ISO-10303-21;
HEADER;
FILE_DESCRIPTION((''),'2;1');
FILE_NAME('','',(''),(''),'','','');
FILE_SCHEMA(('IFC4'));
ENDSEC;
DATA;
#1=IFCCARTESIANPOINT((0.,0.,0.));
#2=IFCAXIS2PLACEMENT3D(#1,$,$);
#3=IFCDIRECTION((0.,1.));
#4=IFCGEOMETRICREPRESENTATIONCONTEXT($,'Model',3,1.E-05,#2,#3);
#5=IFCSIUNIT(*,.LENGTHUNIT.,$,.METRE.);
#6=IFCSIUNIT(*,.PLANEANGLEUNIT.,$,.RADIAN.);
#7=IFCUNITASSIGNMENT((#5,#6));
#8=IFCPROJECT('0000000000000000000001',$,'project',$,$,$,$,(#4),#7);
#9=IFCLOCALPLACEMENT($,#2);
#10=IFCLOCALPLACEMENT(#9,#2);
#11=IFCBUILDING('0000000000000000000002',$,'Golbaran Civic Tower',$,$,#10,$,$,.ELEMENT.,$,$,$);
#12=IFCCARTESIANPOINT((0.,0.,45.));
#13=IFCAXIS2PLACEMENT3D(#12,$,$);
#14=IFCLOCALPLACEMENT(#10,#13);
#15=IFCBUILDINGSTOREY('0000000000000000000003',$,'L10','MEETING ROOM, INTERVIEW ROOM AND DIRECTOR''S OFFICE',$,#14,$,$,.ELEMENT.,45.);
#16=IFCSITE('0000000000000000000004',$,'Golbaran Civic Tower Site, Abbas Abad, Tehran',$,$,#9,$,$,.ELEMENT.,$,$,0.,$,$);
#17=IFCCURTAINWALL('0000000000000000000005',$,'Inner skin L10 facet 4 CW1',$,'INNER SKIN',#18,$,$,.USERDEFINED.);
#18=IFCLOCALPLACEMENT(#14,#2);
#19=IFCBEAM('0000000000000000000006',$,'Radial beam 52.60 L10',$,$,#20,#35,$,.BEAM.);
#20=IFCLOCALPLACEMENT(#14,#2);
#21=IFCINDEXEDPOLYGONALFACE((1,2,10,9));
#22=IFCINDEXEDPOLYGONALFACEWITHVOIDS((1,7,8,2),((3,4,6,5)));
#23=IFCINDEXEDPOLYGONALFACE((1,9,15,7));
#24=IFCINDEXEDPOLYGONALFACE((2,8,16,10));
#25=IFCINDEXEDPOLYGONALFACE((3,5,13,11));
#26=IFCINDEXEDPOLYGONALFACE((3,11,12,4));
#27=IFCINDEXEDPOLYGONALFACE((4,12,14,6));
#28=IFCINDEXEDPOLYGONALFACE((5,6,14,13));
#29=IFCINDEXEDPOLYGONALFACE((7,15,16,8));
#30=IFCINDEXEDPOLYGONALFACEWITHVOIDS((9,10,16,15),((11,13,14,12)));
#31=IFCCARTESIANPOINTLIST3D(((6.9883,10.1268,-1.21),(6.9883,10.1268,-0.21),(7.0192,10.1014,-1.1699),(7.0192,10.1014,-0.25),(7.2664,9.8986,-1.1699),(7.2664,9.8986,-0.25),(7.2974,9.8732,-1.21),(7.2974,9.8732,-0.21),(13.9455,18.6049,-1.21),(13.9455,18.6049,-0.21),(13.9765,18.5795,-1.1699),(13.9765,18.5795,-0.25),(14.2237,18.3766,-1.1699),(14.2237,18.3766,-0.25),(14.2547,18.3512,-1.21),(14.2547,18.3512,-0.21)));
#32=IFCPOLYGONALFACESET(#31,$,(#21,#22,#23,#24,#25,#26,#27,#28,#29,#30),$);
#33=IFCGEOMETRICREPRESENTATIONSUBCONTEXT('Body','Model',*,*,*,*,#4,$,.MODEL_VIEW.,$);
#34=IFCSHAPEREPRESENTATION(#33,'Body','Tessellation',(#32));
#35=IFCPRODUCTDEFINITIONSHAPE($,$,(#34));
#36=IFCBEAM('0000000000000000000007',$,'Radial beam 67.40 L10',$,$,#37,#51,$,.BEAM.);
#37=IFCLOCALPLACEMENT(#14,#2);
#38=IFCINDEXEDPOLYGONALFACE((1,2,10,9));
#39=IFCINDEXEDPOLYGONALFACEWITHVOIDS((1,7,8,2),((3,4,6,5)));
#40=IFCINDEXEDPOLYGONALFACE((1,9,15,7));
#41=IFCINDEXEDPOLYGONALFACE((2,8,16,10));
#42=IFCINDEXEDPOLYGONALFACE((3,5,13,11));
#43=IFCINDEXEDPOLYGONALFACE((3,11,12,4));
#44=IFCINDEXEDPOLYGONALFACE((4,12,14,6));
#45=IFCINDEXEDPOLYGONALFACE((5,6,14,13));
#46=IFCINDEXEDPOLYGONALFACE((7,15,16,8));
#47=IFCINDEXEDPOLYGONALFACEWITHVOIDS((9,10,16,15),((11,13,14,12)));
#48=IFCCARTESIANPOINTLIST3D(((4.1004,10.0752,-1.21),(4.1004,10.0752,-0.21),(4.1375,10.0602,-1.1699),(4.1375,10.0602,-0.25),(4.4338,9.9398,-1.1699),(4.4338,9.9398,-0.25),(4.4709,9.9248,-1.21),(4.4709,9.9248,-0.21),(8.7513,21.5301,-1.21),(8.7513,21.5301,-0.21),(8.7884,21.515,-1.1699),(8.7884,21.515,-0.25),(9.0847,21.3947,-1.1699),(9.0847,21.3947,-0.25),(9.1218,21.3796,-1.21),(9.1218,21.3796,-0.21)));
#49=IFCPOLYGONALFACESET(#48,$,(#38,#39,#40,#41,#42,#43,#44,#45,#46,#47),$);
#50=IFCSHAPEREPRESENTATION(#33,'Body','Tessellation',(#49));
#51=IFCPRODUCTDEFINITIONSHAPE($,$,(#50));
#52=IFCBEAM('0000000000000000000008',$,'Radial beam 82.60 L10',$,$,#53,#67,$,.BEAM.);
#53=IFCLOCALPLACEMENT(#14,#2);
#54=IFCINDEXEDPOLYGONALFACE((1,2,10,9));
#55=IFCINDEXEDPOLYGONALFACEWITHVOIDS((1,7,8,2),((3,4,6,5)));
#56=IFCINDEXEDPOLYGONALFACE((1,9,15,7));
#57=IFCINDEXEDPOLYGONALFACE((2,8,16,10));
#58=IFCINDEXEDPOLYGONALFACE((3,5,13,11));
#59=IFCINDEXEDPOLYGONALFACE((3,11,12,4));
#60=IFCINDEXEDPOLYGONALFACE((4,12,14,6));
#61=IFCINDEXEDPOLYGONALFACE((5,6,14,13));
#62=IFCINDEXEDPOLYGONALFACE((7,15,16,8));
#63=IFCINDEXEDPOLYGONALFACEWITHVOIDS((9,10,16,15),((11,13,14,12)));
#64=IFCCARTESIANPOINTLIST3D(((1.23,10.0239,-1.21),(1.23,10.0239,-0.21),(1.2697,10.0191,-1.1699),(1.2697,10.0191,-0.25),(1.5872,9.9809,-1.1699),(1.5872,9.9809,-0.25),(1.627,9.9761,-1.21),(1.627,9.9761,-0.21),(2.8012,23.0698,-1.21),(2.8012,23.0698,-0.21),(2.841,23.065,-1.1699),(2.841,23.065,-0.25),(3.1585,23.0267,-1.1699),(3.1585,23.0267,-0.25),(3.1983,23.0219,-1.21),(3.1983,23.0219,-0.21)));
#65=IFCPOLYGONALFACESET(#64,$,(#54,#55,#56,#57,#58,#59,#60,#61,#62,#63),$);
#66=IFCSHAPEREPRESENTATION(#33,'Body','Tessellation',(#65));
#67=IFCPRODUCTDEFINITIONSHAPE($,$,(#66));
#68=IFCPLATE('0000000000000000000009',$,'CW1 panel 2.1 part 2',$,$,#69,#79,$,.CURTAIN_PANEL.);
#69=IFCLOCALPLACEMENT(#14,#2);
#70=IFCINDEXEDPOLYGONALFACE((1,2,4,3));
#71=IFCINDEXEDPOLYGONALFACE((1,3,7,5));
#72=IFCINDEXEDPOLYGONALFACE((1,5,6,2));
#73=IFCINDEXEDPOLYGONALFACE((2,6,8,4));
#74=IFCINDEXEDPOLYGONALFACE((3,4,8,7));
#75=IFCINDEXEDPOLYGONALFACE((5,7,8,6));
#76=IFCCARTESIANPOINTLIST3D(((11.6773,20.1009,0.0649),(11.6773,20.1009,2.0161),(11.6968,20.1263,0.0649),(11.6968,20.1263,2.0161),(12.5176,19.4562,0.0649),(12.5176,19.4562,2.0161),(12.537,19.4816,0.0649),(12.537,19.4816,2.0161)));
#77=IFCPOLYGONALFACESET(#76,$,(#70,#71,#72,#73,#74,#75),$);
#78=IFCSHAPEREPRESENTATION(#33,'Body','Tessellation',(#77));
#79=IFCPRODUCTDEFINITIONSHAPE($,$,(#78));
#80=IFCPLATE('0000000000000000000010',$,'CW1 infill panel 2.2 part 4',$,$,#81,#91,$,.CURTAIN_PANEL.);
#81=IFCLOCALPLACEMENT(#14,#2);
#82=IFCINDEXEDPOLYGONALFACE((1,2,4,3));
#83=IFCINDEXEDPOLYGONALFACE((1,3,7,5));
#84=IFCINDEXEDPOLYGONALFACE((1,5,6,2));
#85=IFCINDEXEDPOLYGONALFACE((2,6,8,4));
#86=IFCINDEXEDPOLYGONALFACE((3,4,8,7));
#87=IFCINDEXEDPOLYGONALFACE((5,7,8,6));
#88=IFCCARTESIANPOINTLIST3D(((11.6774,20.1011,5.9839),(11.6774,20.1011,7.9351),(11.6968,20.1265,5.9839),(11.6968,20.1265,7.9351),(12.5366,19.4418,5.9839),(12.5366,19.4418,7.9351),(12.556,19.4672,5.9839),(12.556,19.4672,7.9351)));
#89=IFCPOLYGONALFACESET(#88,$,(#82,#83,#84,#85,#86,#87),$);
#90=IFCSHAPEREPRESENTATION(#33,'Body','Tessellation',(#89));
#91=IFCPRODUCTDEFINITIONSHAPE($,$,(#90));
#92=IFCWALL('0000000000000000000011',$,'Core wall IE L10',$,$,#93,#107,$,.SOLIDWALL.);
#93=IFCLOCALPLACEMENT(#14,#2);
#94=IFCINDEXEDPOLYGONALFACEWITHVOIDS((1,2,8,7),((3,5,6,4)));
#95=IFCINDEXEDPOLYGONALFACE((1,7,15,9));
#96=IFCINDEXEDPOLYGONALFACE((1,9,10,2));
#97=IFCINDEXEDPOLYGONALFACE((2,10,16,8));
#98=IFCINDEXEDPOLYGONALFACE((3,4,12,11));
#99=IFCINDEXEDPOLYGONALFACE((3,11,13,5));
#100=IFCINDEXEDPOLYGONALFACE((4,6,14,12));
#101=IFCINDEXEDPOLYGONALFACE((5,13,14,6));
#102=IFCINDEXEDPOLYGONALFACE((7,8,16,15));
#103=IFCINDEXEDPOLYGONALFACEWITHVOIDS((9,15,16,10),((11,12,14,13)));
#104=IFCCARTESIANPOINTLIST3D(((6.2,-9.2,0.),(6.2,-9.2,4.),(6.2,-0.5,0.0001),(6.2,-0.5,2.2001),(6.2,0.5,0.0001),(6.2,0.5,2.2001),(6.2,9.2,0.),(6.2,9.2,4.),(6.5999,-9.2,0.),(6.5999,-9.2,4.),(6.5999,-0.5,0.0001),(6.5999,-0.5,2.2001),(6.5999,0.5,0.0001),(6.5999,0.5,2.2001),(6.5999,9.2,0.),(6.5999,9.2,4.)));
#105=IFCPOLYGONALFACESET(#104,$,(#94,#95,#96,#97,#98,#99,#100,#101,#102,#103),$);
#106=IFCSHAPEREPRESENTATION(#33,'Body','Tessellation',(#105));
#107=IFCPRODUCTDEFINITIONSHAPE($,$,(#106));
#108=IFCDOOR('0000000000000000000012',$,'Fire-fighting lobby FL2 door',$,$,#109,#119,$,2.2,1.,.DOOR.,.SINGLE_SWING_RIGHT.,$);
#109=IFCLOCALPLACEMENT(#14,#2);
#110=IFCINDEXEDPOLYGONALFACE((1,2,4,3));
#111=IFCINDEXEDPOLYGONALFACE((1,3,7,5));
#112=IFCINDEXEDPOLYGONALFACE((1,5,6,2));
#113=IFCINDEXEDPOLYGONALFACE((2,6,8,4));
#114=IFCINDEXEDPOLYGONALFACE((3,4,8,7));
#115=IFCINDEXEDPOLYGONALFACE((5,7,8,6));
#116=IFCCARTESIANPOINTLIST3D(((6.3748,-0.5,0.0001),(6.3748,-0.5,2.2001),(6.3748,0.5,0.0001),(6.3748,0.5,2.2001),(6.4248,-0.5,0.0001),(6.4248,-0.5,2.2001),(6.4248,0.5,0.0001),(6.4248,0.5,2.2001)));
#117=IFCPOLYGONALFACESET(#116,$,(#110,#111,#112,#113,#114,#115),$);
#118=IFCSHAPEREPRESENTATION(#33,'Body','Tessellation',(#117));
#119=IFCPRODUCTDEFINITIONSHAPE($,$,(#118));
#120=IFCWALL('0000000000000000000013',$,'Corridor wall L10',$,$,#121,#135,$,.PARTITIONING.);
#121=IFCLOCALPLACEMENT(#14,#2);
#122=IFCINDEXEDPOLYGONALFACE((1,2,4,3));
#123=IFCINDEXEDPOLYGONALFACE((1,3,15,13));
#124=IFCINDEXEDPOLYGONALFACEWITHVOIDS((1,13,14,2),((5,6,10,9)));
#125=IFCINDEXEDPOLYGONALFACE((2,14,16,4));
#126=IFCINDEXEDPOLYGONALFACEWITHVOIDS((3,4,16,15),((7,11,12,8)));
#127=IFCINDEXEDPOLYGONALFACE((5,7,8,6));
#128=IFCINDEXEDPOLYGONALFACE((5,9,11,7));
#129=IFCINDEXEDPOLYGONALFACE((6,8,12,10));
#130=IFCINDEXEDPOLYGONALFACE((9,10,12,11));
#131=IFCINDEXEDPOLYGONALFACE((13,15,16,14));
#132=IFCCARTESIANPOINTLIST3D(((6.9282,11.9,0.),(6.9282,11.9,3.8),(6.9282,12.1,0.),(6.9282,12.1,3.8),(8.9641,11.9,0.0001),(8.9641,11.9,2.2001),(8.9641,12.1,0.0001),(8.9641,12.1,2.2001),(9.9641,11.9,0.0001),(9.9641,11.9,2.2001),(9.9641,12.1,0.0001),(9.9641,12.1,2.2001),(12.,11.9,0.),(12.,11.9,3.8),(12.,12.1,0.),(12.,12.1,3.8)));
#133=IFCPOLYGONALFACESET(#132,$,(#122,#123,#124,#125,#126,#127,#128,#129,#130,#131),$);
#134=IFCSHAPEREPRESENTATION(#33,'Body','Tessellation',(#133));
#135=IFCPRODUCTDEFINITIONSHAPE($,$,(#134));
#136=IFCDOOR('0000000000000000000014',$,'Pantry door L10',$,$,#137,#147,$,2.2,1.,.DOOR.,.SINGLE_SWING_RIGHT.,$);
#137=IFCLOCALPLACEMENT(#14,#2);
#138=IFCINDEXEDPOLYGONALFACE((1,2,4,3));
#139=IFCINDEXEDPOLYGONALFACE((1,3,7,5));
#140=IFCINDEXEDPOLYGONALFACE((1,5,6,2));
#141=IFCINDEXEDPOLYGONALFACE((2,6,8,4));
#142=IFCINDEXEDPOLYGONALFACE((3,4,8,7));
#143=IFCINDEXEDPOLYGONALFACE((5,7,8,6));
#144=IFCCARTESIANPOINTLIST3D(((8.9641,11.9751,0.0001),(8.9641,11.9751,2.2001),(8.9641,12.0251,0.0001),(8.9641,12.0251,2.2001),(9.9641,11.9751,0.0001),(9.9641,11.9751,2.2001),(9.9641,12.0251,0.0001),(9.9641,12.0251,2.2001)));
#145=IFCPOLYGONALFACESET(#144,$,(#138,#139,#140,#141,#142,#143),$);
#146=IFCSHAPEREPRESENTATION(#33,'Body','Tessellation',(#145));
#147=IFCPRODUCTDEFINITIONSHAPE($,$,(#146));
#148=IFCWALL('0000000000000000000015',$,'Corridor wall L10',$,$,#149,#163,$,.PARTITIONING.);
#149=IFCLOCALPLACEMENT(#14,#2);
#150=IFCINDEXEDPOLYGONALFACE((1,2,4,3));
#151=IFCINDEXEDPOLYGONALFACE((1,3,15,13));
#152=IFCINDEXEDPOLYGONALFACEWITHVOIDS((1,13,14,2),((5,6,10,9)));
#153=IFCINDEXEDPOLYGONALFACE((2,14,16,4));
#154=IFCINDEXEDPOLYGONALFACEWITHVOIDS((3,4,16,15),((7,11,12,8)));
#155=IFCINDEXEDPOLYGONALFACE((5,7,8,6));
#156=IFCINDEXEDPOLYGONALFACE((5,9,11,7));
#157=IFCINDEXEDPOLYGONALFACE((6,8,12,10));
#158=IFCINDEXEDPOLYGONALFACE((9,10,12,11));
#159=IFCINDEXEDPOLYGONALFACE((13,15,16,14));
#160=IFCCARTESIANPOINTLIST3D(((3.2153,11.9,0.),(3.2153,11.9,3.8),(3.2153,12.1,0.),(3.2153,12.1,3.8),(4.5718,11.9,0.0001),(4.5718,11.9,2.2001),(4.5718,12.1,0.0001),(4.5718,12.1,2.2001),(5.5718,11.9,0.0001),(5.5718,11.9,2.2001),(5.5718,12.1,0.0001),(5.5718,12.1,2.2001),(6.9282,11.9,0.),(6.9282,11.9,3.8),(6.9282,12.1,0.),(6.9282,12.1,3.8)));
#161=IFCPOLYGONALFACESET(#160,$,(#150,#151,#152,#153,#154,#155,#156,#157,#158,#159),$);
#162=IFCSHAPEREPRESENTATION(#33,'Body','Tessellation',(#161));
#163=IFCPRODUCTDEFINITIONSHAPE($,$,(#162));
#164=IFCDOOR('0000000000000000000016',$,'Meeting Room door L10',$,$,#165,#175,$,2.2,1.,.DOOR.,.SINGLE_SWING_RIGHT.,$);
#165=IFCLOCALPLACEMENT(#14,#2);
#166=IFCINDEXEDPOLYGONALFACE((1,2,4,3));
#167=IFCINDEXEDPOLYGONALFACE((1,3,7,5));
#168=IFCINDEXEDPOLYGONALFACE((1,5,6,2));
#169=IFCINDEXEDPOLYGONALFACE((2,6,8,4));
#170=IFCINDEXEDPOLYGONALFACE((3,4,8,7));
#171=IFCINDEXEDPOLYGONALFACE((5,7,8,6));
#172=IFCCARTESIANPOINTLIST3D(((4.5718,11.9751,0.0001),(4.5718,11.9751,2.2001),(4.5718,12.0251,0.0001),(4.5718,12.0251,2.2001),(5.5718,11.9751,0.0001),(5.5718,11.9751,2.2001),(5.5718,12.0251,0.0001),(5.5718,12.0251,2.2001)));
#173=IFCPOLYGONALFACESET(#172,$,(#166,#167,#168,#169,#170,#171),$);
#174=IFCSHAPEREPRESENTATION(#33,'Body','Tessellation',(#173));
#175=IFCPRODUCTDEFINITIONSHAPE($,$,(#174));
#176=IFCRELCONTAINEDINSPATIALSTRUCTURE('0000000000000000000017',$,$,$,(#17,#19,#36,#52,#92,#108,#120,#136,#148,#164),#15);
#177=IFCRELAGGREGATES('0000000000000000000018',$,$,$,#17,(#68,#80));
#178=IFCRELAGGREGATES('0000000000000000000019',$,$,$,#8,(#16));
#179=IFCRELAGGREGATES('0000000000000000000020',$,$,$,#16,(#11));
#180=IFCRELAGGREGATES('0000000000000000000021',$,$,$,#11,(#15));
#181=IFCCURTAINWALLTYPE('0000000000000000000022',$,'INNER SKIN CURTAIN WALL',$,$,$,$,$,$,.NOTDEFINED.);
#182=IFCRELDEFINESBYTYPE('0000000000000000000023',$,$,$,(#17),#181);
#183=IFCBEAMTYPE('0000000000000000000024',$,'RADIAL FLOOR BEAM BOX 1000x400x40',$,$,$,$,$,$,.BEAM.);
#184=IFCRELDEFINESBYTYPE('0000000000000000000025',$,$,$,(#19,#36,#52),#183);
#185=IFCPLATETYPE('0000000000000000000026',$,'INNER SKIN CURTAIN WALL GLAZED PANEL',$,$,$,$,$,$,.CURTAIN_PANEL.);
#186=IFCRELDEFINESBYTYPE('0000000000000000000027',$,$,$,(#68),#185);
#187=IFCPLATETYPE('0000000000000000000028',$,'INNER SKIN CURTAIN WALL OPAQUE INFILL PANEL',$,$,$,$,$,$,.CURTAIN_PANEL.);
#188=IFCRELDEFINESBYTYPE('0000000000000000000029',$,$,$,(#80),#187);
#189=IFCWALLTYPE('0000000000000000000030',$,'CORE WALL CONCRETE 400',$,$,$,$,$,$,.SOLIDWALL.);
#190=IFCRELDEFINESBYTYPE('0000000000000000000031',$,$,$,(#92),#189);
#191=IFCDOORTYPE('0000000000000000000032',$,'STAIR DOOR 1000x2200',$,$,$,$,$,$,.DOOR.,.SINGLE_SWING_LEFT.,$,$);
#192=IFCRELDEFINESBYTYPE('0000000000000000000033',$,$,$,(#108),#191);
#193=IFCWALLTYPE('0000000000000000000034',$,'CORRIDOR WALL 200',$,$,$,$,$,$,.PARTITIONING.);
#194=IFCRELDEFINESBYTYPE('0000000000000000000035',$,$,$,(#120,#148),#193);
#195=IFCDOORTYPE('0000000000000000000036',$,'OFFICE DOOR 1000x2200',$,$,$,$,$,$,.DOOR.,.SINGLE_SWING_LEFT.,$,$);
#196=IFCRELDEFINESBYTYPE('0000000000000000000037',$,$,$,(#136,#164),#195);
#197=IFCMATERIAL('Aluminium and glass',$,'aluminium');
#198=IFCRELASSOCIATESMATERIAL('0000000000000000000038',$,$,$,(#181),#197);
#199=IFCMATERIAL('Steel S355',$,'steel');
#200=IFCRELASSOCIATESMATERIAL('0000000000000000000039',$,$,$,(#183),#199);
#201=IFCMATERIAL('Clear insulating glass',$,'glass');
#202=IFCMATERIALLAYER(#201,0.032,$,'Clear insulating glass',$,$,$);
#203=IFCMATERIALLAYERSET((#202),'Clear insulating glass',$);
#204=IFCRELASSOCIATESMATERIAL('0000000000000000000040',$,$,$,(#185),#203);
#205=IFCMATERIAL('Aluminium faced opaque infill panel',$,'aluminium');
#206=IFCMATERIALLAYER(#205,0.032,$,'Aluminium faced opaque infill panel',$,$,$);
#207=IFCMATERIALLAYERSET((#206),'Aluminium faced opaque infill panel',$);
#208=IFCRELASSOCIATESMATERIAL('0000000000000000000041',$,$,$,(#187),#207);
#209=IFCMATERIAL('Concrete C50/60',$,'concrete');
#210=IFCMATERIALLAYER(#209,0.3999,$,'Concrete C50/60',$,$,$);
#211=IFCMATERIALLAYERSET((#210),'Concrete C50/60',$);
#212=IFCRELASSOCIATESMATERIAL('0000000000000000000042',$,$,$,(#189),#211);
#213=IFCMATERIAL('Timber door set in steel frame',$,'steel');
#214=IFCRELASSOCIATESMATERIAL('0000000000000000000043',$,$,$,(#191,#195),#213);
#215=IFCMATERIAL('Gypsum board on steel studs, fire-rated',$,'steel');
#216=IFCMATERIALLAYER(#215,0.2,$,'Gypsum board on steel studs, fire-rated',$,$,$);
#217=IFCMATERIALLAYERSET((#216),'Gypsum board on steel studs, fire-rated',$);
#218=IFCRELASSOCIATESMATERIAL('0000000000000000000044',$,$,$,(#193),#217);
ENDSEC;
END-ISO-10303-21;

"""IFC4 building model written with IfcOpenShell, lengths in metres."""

from ifc_helpers import new_model, si_unit, direction, frame, frame_2d, origin, origin_2d, place, context, subcontext, project, spatial, rectangle, hollow_rectangle, extrude, material, layer, layer_set, material_profile, profile_set, type_object, element, fill, aggregate, save


model = new_model("IFC4")

# Units and contexts
model_context = context("Model", 3, precision=1e-05, world=origin(), true_north=direction((0.0, 1.0)))
body_context = subcontext(model_context, "Body", "Model", "MODEL_VIEW")
ifc_project = project(units=[si_unit("LENGTHUNIT", "METRE"), si_unit("PLANEANGLEUNIT", "RADIAN")], contexts=[model_context])

# Site, building, storey
site_placement = place(None, origin())
site = spatial("IfcSite", under=ifc_project, at=site_placement, Name="Golbaran Civic Tower Site, Abbas Abad, Tehran", CompositionType="ELEMENT", RefElevation=0.0)
building_placement = place(site_placement, origin())
building = spatial("IfcBuilding", under=site, at=building_placement, Name="Golbaran Civic Tower", CompositionType="ELEMENT")
storey_placement = place(building_placement, frame((0.0, 0.0, 45.0)))
storey = spatial("IfcBuildingStorey", under=building, at=storey_placement, Name="L10", Description="MEETING ROOM, INTERVIEW ROOM AND DIRECTOR'S OFFICE", CompositionType="ELEMENT", Elevation=45.0)

# Shared definitions
ifc_material_1 = material(Name="Steel S355", Category="steel")

# Curtain wall
ifc_material_2 = material(Name="Aluminium and glass", Category="aluminium")
curtain_wall_type = type_object("IfcCurtainWallType", Name="INNER SKIN CURTAIN WALL", PredefinedType="NOTDEFINED", material=ifc_material_2)
curtain_wall_1_placement = place(storey_placement, origin())
curtain_wall_1 = element("IfcCurtainWall", 1, at=curtain_wall_1_placement, inside=storey, type_object=curtain_wall_type, Name="Inner skin L10 facet 4 CW1", ObjectType="INNER SKIN", PredefinedType="USERDEFINED")

# Beams
ifc_material_profile_1 = material_profile(ifc_material_1, hollow_rectangle(XDim=0.3999, YDim=1.0, WallThickness=0.04, at=origin_2d()), Name="BOX 1000x400x40")
ifc_profile_set_1 = profile_set([ifc_material_profile_1], Name="Steel S355")
beam_type_1 = type_object("IfcBeamType", Name="RADIAL FLOOR BEAM BOX 1000x400x40", PredefinedType="BEAM", material=ifc_profile_set_1)
beam_1_placement = place(storey_placement, frame((7.1428, 10.0, -0.71), z_axis=(0.634368, 0.773031, 0.0), x_axis=(-0.773031, 0.634368, 0.0)))
element("IfcBeam", 2, at=beam_1_placement, inside=storey, type_object=beam_type_1, Name="Radial beam 52.60 L10", PredefinedType="BEAM", context=body_context, shape_type="SweptSolid", body=[
    extrude(hollow_rectangle(XDim=0.3999, YDim=1.0, WallThickness=0.04, at=origin_2d()), origin(), (0.0, 0.0, 1.0), 10.9673),
])
beam_2_placement = place(storey_placement, frame((4.2856, 10.0, -0.71), z_axis=(0.376193, 0.926541, 0.0), x_axis=(-0.926541, 0.376193, 0.0)))
element("IfcBeam", 3, at=beam_2_placement, inside=storey, type_object=beam_type_1, Name="Radial beam 67.40 L10", PredefinedType="BEAM", context=body_context, shape_type="SweptSolid", body=[
    extrude(hollow_rectangle(XDim=0.3999, YDim=1.0, WallThickness=0.04, at=origin_2d()), origin(), (0.0, 0.0, 1.0), 12.363),
])
beam_3_placement = place(storey_placement, frame((1.4285, 10.0, -0.71), z_axis=(0.119579, 0.992825, 0.0), x_axis=(-0.992825, 0.119579, 0.0)))
element("IfcBeam", 4, at=beam_3_placement, inside=storey, type_object=beam_type_1, Name="Radial beam 82.60 L10", PredefinedType="BEAM", context=body_context, shape_type="SweptSolid", body=[
    extrude(hollow_rectangle(XDim=0.3999, YDim=1.0, WallThickness=0.04, at=origin_2d()), origin(), (0.0, 0.0, 1.0), 13.1401),
])

# Plates
ifc_material_3 = material(Name="Clear insulating glass", Category="glass")
ifc_layer_1 = layer(ifc_material_3, 0.032, Name="Clear insulating glass")
ifc_layer_set_1 = layer_set([ifc_layer_1], Name="Clear insulating glass")
plate_type_1 = type_object("IfcPlateType", Name="INNER SKIN CURTAIN WALL GLAZED PANEL", PredefinedType="CURTAIN_PANEL", material=ifc_layer_set_1)
plate_1_placement = place(storey_placement, frame((12.1072, 19.7913, 0.0649), z_axis=(0.0, 0.0, 1.0), x_axis=(-0.793353, 0.608761, 0.0)))
plate_1 = element("IfcPlate", 5, at=plate_1_placement, type_object=plate_type_1, Name="CW1 panel 2.1 part 2", PredefinedType="CURTAIN_PANEL", context=body_context, shape_type="SweptSolid", body=[
    extrude(rectangle(XDim=1.0591, YDim=0.032, at=origin_2d()), origin(), (0.0, 0.0, 1.0), 1.9512),
])
ifc_material_4 = material(Name="Aluminium faced opaque infill panel", Category="aluminium")
ifc_layer_2 = layer(ifc_material_4, 0.032, Name="Aluminium faced opaque infill panel")
ifc_layer_set_2 = layer_set([ifc_layer_2], Name="Aluminium faced opaque infill panel")
plate_type_2 = type_object("IfcPlateType", Name="INNER SKIN CURTAIN WALL OPAQUE INFILL PANEL", PredefinedType="CURTAIN_PANEL", material=ifc_layer_set_2)
plate_2_placement = place(storey_placement, frame((12.1167, 19.7842, 5.9839), z_axis=(0.0, 0.0, 1.0), x_axis=(-0.793353, 0.608761, 0.0)))
plate_2 = element("IfcPlate", 6, at=plate_2_placement, type_object=plate_type_2, Name="CW1 infill panel 2.2 part 4", PredefinedType="CURTAIN_PANEL", context=body_context, shape_type="SweptSolid", body=[
    extrude(rectangle(XDim=1.083, YDim=0.032, at=origin_2d()), origin(), (0.0, 0.0, 1.0), 1.9512),
])
aggregate(curtain_wall_1, [plate_1, plate_2])

# Walls, openings, doors
ifc_material_5 = material(Name="Concrete C50/60", Category="concrete")
ifc_layer_3 = layer(ifc_material_5, 0.3999, Name="Concrete C50/60")
ifc_layer_set_3 = layer_set([ifc_layer_3], Name="Concrete C50/60")
wall_type_1 = type_object("IfcWallType", Name="CORE WALL CONCRETE 400", PredefinedType="SOLIDWALL", material=ifc_layer_set_3)
wall_1_placement = place(storey_placement, frame((6.3999, 9.2, 0.0), z_axis=(0.0, 0.0, 1.0), x_axis=(0.0, -1.0, 0.0)))
wall_1 = element("IfcWall", 7, at=wall_1_placement, inside=storey, type_object=wall_type_1, Name="Core wall IE L10", PredefinedType="SOLIDWALL", context=body_context, shape_type="SweptSolid", body=[
    extrude(rectangle(XDim=18.3999, YDim=0.3999, at=frame_2d((9.2, 0.0))), origin(), (0.0, 0.0, 1.0), 4.0),
])
opening_1_placement = place(wall_1_placement, frame((8.7, 0.0, 0.0)))
opening_1 = element("IfcOpeningElement", 8, at=opening_1_placement, cuts=wall_1, PredefinedType="OPENING", context=body_context, shape_type="SweptSolid", body=[
    extrude(rectangle(XDim=1.0, YDim=2.2, at=frame_2d((0.5, 1.1001))), frame((0.0, 0.21, 0.0), z_axis=(0.0, -1.0, 0.0), x_axis=(1.0, 0.0, 0.0)), (0.0, 0.0, 1.0), 0.4199),
])
ifc_material_6 = material(Name="Timber door set in steel frame", Category="steel")
door_type_1 = type_object("IfcDoorType", Name="STAIR DOOR 1000x2200", OperationType="SINGLE_SWING_LEFT", PredefinedType="DOOR", material=ifc_material_6)
door_1_placement = place(opening_1_placement, origin())
door_1 = element("IfcDoor", 9, at=door_1_placement, inside=storey, type_object=door_type_1, Name="Fire-fighting lobby FL2 door", OperationType="SINGLE_SWING_RIGHT", OverallHeight=2.2, OverallWidth=1.0, PredefinedType="DOOR", context=body_context, shape_type="SweptSolid", body=[
    extrude(rectangle(XDim=1.0, YDim=2.2, at=frame_2d((0.5, 1.1001))), frame((0.0, 0.0249, 0.0), z_axis=(0.0, -1.0, 0.0), x_axis=(1.0, 0.0, 0.0)), (0.0, 0.0, 1.0), 0.05),
])
fill(opening_1, door_1)
ifc_material_7 = material(Name="Gypsum board on steel studs, fire-rated", Category="steel")
ifc_layer_4 = layer(ifc_material_7, 0.2, Name="Gypsum board on steel studs, fire-rated")
ifc_layer_set_4 = layer_set([ifc_layer_4], Name="Gypsum board on steel studs, fire-rated")
wall_type_2 = type_object("IfcWallType", Name="CORRIDOR WALL 200", PredefinedType="PARTITIONING", material=ifc_layer_set_4)
wall_2_placement = place(storey_placement, frame((12.0, 12.0, 0.0), z_axis=(0.0, 0.0, 1.0), x_axis=(-1.0, 0.0, 0.0)))
wall_2 = element("IfcWall", 10, at=wall_2_placement, inside=storey, type_object=wall_type_2, Name="Corridor wall L10", PredefinedType="PARTITIONING", context=body_context, shape_type="SweptSolid", body=[
    extrude(rectangle(XDim=5.0718, YDim=0.2, at=frame_2d((2.5359, 0.0))), origin(), (0.0, 0.0, 1.0), 3.8),
])
opening_2_placement = place(wall_2_placement, frame((2.0359, 0.0, 0.0)))
opening_2 = element("IfcOpeningElement", 11, at=opening_2_placement, cuts=wall_2, PredefinedType="OPENING", context=body_context, shape_type="SweptSolid", body=[
    extrude(rectangle(XDim=1.0, YDim=2.2, at=frame_2d((0.5, 1.1001))), frame((0.0, 0.1099, 0.0), z_axis=(0.0, -1.0, 0.0), x_axis=(1.0, 0.0, 0.0)), (0.0, 0.0, 1.0), 0.22),
])
door_type_2 = type_object("IfcDoorType", Name="OFFICE DOOR 1000x2200", OperationType="SINGLE_SWING_LEFT", PredefinedType="DOOR", material=ifc_material_6)
door_2_placement = place(opening_2_placement, origin())
door_2 = element("IfcDoor", 12, at=door_2_placement, inside=storey, type_object=door_type_2, Name="Pantry door L10", OperationType="SINGLE_SWING_RIGHT", OverallHeight=2.2, OverallWidth=1.0, PredefinedType="DOOR", context=body_context, shape_type="SweptSolid", body=[
    extrude(rectangle(XDim=1.0, YDim=2.2, at=frame_2d((0.5, 1.1001))), frame((0.0, 0.0249, 0.0), z_axis=(0.0, -1.0, 0.0), x_axis=(1.0, 0.0, 0.0)), (0.0, 0.0, 1.0), 0.05),
])
fill(opening_2, door_2)
wall_3_placement = place(storey_placement, frame((6.9282, 12.0, 0.0), z_axis=(0.0, 0.0, 1.0), x_axis=(-1.0, 0.0, 0.0)))
wall_3 = element("IfcWall", 13, at=wall_3_placement, inside=storey, type_object=wall_type_2, Name="Corridor wall L10", PredefinedType="PARTITIONING", context=body_context, shape_type="SweptSolid", body=[
    extrude(rectangle(XDim=3.7129, YDim=0.2, at=frame_2d((1.8564, 0.0))), origin(), (0.0, 0.0, 1.0), 3.8),
])
opening_3_placement = place(wall_3_placement, frame((1.3564, 0.0, 0.0)))
opening_3 = element("IfcOpeningElement", 14, at=opening_3_placement, cuts=wall_3, PredefinedType="OPENING", context=body_context, shape_type="SweptSolid", body=[
    extrude(rectangle(XDim=1.0, YDim=2.2, at=frame_2d((0.5, 1.1001))), frame((0.0, 0.1099, 0.0), z_axis=(0.0, -1.0, 0.0), x_axis=(1.0, 0.0, 0.0)), (0.0, 0.0, 1.0), 0.22),
])
door_3_placement = place(opening_3_placement, origin())
door_3 = element("IfcDoor", 15, at=door_3_placement, inside=storey, type_object=door_type_2, Name="Meeting Room door L10", OperationType="SINGLE_SWING_RIGHT", OverallHeight=2.2, OverallWidth=1.0, PredefinedType="DOOR", context=body_context, shape_type="SweptSolid", body=[
    extrude(rectangle(XDim=1.0, YDim=2.2, at=frame_2d((0.5, 1.1001))), frame((0.0, 0.0249, 0.0), z_axis=(0.0, -1.0, 0.0), x_axis=(1.0, 0.0, 0.0)), (0.0, 0.0, 1.0), 0.05),
])
fill(opening_3, door_3)

save(model, "model.ifc")
